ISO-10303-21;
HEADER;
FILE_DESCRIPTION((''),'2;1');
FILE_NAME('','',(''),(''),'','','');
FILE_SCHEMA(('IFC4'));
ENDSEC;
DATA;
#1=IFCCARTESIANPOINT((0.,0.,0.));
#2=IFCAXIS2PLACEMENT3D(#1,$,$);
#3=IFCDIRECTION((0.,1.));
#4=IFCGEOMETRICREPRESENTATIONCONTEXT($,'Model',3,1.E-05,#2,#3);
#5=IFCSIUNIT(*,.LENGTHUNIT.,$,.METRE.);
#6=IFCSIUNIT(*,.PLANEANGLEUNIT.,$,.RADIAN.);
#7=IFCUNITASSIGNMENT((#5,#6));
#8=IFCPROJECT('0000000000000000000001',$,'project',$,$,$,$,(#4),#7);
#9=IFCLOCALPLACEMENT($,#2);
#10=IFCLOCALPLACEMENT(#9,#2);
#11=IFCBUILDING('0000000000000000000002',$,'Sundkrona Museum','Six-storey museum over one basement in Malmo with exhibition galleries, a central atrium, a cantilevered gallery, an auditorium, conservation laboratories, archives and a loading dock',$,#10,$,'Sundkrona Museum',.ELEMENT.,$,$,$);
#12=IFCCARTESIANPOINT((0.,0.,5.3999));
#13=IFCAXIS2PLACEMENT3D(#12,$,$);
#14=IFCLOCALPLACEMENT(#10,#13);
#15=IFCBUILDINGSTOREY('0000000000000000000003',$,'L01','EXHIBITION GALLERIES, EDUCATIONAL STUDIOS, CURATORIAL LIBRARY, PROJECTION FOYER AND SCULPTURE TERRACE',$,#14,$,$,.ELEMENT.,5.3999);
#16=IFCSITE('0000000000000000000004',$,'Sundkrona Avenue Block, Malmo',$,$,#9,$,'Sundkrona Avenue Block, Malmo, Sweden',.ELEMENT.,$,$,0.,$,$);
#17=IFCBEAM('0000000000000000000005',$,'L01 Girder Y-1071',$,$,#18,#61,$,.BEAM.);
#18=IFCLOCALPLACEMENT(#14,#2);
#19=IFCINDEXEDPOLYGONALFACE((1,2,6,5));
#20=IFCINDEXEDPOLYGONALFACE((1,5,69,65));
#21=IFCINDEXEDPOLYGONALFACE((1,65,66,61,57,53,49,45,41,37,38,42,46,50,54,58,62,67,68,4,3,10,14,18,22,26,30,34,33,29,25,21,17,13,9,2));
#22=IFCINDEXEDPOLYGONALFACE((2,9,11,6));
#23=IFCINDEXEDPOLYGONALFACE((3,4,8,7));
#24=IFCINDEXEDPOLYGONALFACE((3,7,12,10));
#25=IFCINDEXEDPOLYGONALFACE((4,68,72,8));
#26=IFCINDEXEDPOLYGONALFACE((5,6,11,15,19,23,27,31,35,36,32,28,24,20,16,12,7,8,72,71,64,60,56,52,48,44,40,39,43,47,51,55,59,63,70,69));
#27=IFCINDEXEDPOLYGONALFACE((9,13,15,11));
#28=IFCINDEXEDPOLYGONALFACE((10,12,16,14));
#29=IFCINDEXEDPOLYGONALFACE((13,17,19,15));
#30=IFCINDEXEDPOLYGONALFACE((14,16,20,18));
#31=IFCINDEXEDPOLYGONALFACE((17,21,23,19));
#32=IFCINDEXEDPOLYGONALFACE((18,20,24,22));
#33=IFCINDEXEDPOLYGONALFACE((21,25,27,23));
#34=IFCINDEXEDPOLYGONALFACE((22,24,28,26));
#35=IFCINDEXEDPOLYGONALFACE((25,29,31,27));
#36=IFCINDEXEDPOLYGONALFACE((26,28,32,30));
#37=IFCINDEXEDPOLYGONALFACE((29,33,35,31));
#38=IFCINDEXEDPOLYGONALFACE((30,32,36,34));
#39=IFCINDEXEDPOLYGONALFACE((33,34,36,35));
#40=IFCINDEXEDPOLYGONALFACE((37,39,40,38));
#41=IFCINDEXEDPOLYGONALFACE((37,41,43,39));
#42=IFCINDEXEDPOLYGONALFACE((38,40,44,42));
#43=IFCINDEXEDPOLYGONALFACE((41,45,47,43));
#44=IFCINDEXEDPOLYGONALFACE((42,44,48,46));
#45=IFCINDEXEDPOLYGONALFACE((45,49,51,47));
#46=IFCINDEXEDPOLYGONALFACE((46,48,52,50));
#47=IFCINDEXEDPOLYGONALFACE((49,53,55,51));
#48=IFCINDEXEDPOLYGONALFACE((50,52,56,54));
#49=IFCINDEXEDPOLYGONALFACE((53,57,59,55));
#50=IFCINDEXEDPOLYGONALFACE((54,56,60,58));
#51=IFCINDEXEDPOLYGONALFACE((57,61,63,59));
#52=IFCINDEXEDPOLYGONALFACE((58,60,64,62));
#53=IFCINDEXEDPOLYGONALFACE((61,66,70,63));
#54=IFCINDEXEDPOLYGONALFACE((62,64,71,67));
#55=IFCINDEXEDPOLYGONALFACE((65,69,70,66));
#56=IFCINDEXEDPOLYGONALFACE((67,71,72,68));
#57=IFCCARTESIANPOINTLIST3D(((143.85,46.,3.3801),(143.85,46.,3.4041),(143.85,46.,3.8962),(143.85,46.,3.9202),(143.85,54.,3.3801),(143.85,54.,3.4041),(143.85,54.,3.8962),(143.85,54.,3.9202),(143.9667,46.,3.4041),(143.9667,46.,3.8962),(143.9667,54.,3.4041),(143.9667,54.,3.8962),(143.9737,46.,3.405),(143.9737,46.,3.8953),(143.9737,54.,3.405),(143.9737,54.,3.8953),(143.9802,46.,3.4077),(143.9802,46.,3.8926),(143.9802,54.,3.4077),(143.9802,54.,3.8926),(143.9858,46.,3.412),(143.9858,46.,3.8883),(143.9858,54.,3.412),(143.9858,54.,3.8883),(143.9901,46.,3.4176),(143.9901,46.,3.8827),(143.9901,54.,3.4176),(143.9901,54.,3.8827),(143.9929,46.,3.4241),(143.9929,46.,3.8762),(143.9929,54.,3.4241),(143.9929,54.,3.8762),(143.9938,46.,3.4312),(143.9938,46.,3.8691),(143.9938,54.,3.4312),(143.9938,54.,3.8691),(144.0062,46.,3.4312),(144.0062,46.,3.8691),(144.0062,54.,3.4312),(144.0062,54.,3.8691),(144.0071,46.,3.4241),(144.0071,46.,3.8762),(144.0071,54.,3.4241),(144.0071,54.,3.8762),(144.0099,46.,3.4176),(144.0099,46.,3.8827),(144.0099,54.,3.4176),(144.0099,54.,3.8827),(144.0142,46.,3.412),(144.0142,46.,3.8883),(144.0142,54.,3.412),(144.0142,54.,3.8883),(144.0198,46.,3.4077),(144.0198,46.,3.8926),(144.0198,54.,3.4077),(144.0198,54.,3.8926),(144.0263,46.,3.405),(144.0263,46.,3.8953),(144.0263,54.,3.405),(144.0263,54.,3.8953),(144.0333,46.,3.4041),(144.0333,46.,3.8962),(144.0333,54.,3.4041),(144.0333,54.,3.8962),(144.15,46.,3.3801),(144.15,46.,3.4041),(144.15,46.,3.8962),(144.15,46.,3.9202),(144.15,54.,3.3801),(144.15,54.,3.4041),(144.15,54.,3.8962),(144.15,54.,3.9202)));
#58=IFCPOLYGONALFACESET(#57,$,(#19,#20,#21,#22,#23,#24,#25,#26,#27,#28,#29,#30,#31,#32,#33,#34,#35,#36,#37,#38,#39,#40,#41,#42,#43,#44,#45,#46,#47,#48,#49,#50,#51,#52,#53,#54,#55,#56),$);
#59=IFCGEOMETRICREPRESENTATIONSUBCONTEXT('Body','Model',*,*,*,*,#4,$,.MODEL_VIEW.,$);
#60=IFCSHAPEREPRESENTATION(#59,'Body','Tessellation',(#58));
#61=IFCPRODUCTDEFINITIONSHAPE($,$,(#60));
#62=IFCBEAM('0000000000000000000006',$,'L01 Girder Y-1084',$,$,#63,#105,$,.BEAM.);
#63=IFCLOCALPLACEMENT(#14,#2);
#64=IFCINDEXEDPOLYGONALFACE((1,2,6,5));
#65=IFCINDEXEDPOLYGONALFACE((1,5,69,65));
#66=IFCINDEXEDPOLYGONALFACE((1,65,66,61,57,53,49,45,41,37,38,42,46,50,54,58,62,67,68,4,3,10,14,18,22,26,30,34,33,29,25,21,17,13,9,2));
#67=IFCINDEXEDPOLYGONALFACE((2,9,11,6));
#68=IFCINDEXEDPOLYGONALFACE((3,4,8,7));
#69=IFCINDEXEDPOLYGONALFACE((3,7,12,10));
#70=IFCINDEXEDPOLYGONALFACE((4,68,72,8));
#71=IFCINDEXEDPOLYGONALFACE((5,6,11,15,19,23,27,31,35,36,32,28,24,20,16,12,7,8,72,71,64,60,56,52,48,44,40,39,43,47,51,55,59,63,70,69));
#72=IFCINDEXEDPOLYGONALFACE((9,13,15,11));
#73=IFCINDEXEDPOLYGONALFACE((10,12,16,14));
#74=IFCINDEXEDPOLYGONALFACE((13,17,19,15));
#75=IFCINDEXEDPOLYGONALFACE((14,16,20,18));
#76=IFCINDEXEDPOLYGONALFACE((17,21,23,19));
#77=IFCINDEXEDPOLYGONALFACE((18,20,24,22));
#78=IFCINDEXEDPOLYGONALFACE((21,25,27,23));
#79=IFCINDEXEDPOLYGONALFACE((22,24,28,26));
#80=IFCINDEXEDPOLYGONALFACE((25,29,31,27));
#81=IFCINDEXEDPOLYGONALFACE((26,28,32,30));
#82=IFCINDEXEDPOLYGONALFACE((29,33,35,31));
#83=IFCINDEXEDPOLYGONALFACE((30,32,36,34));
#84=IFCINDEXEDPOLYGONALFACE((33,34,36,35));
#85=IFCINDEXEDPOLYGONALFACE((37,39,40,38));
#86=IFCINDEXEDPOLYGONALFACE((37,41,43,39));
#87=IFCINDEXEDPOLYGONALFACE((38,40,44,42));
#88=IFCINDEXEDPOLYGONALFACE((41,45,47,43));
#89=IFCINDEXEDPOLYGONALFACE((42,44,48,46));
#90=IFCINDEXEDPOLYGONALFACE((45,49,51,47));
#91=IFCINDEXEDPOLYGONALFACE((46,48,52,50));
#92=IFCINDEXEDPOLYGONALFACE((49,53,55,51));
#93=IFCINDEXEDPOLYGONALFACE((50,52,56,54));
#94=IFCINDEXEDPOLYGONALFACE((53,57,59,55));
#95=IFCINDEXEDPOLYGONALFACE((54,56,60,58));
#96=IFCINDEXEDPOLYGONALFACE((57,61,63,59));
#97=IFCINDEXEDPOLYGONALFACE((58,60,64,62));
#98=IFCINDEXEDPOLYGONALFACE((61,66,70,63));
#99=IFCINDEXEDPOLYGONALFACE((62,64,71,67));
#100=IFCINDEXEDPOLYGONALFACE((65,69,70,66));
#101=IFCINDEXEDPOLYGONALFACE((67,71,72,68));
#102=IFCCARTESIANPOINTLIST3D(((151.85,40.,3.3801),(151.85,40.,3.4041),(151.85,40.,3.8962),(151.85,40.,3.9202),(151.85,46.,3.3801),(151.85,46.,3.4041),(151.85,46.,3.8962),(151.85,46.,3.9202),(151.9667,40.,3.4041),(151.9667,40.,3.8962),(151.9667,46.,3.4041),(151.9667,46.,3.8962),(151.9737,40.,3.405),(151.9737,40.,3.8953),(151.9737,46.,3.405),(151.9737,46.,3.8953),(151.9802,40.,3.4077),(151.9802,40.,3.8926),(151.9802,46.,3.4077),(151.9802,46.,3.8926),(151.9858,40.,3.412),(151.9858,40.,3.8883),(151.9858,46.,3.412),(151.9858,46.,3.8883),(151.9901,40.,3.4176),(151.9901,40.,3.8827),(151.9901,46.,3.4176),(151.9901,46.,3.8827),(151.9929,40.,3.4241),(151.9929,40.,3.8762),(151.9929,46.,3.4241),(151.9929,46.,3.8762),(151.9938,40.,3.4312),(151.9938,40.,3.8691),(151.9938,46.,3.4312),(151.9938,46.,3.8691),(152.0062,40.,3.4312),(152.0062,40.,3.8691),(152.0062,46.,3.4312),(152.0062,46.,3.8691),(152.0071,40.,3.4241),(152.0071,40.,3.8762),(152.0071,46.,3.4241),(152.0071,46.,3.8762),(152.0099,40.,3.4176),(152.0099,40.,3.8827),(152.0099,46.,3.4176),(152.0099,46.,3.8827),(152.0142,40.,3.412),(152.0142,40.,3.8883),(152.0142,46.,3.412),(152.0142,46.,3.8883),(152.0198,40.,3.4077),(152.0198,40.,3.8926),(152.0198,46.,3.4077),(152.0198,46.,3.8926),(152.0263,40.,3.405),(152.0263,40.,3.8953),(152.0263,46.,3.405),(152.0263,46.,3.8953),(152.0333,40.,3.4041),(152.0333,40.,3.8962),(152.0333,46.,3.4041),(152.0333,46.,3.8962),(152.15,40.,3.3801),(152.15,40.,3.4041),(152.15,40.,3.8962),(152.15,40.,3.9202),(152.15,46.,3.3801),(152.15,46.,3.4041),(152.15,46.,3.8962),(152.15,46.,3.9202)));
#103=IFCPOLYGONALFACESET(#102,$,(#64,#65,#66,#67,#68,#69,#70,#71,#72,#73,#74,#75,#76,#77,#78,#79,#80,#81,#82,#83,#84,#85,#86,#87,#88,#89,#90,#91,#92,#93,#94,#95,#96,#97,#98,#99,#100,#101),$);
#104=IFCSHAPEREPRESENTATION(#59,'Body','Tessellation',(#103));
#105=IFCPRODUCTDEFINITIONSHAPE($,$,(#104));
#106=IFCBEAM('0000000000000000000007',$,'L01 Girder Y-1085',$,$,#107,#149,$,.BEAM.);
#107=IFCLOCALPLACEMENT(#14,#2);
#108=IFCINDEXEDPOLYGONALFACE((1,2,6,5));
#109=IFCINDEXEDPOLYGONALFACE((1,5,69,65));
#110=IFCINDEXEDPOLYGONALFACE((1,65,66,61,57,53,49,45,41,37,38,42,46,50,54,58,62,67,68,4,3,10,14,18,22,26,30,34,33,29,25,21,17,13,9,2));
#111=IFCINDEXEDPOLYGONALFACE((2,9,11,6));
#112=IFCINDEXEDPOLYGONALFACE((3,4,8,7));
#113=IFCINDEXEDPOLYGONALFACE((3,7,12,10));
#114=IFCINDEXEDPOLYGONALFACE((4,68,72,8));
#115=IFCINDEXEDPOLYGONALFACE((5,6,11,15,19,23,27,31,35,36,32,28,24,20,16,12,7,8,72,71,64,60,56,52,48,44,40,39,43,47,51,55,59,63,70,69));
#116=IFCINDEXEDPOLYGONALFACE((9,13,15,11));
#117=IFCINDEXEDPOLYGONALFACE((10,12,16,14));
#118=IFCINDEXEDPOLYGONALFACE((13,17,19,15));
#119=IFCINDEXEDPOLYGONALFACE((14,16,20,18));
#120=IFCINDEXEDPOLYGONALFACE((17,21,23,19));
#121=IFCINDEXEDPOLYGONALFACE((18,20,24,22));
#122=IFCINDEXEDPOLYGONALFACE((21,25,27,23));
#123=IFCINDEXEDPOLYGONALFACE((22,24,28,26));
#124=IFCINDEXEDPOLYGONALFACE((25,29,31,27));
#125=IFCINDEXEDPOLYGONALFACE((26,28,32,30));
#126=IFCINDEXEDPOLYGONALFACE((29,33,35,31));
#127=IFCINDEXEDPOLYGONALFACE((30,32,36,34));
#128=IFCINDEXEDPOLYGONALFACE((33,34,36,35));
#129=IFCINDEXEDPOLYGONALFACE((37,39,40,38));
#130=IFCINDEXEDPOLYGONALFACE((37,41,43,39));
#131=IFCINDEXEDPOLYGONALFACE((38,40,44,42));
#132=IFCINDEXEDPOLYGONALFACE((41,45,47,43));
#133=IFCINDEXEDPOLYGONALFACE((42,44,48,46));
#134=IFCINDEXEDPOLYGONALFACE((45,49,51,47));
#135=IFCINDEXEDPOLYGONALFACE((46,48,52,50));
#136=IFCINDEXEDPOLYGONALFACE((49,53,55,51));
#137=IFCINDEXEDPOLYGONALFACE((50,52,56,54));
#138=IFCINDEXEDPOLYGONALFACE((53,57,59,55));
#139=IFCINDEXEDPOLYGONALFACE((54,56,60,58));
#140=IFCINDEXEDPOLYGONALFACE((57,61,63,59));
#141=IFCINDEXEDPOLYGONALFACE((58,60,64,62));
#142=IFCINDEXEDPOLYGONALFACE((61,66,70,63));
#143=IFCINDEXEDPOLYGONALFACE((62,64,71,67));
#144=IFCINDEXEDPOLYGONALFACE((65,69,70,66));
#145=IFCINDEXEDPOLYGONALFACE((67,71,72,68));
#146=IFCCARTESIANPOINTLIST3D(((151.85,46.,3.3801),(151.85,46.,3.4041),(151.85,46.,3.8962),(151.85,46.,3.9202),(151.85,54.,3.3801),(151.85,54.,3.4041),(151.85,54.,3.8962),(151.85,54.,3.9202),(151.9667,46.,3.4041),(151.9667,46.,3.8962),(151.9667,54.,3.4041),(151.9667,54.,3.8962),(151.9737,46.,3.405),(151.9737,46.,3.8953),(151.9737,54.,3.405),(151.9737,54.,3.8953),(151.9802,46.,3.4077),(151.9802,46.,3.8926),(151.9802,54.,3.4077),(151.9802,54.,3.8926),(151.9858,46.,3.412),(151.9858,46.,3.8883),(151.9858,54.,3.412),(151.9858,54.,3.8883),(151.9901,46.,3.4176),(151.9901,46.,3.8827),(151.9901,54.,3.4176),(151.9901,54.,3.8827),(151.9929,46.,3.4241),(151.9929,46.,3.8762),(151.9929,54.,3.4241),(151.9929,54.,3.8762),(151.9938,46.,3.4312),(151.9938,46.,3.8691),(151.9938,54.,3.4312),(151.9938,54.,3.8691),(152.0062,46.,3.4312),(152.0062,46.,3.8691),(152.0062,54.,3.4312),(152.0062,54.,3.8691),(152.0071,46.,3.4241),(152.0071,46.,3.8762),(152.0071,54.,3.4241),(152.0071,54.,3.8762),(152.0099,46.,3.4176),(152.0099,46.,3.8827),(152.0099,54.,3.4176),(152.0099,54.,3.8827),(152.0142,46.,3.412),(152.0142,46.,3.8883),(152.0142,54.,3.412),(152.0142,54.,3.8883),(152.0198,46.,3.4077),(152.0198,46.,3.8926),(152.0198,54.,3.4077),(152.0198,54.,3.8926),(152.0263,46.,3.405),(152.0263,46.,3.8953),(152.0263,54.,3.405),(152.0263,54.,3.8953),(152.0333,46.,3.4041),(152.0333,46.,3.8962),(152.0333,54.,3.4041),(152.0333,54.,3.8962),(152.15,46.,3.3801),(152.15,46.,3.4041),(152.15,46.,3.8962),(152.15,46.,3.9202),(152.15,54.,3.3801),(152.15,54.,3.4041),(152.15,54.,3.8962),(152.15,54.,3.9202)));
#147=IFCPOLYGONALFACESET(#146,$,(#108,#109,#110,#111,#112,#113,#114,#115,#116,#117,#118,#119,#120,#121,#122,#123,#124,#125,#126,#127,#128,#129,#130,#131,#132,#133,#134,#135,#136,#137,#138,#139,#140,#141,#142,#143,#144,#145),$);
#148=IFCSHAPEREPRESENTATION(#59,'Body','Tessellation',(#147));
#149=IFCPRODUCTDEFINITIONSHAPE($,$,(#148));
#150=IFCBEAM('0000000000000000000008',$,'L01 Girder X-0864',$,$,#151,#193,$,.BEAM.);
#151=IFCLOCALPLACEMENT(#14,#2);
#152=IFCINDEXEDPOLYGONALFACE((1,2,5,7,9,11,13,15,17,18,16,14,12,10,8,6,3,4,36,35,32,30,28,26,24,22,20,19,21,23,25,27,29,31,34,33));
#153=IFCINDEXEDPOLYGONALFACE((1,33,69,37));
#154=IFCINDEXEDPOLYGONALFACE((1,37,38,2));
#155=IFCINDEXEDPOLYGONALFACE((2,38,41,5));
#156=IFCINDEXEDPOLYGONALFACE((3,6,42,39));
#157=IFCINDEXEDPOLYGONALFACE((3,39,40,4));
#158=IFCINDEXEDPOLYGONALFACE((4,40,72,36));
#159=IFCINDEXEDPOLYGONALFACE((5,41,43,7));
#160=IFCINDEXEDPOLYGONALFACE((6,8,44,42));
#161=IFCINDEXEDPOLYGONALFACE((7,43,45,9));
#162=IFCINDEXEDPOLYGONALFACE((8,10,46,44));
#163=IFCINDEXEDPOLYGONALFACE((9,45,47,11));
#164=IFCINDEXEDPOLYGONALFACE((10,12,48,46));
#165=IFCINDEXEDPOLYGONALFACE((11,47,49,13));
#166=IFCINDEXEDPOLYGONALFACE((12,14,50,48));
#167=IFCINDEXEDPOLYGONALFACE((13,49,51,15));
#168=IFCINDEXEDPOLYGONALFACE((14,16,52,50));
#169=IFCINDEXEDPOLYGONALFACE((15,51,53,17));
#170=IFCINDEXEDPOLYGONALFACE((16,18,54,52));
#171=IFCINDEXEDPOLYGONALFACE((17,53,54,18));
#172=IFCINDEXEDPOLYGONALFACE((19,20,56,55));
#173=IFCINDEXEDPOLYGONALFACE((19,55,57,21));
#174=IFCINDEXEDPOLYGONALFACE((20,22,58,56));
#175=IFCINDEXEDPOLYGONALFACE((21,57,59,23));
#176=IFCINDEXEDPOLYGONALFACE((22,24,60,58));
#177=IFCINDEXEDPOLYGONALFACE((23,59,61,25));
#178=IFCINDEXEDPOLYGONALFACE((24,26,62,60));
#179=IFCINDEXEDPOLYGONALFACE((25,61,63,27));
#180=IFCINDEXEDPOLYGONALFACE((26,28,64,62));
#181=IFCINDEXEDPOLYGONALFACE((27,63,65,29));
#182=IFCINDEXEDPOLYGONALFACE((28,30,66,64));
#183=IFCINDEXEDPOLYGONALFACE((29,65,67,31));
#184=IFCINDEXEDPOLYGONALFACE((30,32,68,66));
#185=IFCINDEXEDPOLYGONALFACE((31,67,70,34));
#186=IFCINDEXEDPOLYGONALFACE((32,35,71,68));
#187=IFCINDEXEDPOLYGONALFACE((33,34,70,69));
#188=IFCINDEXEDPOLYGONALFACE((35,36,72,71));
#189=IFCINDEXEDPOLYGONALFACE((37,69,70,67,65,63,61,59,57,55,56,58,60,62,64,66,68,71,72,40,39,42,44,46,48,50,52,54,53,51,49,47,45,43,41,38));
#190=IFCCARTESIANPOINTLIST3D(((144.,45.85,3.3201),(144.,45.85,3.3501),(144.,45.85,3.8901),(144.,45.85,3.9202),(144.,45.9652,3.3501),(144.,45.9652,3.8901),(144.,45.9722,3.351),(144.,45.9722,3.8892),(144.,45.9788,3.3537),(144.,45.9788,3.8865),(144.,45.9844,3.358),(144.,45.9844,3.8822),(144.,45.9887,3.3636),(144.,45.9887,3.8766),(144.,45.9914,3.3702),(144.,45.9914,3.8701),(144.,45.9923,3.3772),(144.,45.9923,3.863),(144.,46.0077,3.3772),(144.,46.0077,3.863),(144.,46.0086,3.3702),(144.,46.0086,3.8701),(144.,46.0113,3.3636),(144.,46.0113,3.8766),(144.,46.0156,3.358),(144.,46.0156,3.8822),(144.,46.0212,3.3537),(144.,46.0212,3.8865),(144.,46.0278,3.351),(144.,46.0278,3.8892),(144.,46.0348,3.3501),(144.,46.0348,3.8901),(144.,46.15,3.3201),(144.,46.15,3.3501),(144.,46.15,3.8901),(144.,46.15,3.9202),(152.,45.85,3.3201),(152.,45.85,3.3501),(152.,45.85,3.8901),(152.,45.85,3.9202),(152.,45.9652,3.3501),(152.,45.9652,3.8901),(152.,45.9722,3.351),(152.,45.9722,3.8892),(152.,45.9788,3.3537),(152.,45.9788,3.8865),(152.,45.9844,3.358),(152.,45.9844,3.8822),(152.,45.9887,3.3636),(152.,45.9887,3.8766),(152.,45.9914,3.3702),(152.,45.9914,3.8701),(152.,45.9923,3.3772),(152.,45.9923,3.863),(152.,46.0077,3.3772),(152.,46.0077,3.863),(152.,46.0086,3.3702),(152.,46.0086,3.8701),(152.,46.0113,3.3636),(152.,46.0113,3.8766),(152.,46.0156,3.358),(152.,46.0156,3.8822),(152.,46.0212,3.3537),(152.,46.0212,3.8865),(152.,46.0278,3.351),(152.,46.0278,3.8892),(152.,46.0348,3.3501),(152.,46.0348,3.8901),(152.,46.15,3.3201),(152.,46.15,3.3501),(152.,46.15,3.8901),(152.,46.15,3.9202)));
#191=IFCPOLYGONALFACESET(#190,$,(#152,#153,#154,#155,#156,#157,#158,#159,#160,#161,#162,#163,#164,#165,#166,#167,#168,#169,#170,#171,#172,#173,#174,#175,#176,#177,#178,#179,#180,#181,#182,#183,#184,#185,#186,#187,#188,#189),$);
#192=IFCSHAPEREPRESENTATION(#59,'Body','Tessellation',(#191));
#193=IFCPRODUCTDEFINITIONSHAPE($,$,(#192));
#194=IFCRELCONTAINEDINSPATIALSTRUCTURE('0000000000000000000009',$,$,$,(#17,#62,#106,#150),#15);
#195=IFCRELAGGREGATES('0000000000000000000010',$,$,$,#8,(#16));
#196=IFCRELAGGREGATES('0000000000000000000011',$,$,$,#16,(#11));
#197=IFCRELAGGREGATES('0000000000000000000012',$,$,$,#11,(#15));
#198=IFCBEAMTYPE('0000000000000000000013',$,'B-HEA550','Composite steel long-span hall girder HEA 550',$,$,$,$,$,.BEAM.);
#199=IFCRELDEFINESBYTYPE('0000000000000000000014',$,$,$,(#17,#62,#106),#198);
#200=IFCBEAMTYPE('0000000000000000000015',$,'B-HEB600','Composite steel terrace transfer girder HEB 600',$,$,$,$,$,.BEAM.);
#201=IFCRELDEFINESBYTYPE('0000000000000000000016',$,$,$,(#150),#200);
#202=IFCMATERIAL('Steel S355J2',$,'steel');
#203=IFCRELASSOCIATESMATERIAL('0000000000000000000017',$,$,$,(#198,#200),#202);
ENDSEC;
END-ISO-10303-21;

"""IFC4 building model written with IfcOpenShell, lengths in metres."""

from ifc_helpers import new_model, si_unit, direction, frame, origin, origin_2d, place, context, subcontext, project, spatial, i_section, extrude, material, material_profile, profile_set, type_object, element, save


model = new_model("IFC4")

# Units and contexts
model_context = context("Model", 3, precision=1e-05, world=origin(), true_north=direction((0.0, 1.0)))
body_context = subcontext(model_context, "Body", "Model", "MODEL_VIEW")
ifc_project = project(units=[si_unit("LENGTHUNIT", "METRE"), si_unit("PLANEANGLEUNIT", "RADIAN")], contexts=[model_context])

# Site, building, storey
site_placement = place(None, origin())
site = spatial("IfcSite", under=ifc_project, at=site_placement, Name="Sundkrona Avenue Block, Malmo", LongName="Sundkrona Avenue Block, Malmo, Sweden", CompositionType="ELEMENT", RefElevation=0.0)
building_placement = place(site_placement, origin())
building = spatial("IfcBuilding", under=site, at=building_placement, Name="Sundkrona Museum", Description="Six-storey museum over one basement in Malmo with exhibition galleries, a central atrium, a cantilevered gallery, an auditorium, conservation laboratories, archives and a loading dock", LongName="Sundkrona Museum", CompositionType="ELEMENT")
storey_placement = place(building_placement, frame((0.0, 0.0, 5.3999)))
storey = spatial("IfcBuildingStorey", under=building, at=storey_placement, Name="L01", Description="EXHIBITION GALLERIES, EDUCATIONAL STUDIOS, CURATORIAL LIBRARY, PROJECTION FOYER AND SCULPTURE TERRACE", CompositionType="ELEMENT", Elevation=5.3999)

# Shared definitions
ifc_material_1 = material(Name="Steel S355J2", Category="steel")

# Beams
ifc_material_profile_1 = material_profile(ifc_material_1, i_section(OverallWidth=0.3, OverallDepth=0.54, WebThickness=0.0125, FlangeThickness=0.0239, FilletRadius=0.0271, at=origin_2d()), Name="HEA 550")
ifc_profile_set_1 = profile_set([ifc_material_profile_1], Name="Steel S355J2")
beam_type_1 = type_object("IfcBeamType", Name="B-HEA550", Description="Composite steel long-span hall girder HEA 550", PredefinedType="BEAM", material=ifc_profile_set_1)
beam_1_placement = place(storey_placement, frame((144.0, 46.0, 3.6501), z_axis=(0.0, 1.0, 0.0), x_axis=(-1.0, 0.0, 0.0)))
element("IfcBeam", 1, at=beam_1_placement, inside=storey, type_object=beam_type_1, Name="L01 Girder Y-1071", PredefinedType="BEAM", context=body_context, shape_type="SweptSolid", body=[
    extrude(i_section(OverallWidth=0.3, OverallDepth=0.54, WebThickness=0.0125, FlangeThickness=0.0239, FilletRadius=0.0271, at=origin_2d()), origin(), (0.0, 0.0, 1.0), 8.0),
])
beam_2_placement = place(storey_placement, frame((152.0, 40.0, 3.6501), z_axis=(0.0, 1.0, 0.0), x_axis=(-1.0, 0.0, 0.0)))
element("IfcBeam", 2, at=beam_2_placement, inside=storey, type_object=beam_type_1, Name="L01 Girder Y-1084", PredefinedType="BEAM", context=body_context, shape_type="SweptSolid", body=[
    extrude(i_section(OverallWidth=0.3, OverallDepth=0.54, WebThickness=0.0125, FlangeThickness=0.0239, FilletRadius=0.0271, at=origin_2d()), origin(), (0.0, 0.0, 1.0), 6.0),
])
beam_3_placement = place(storey_placement, frame((152.0, 46.0, 3.6501), z_axis=(0.0, 1.0, 0.0), x_axis=(-1.0, 0.0, 0.0)))
element("IfcBeam", 3, at=beam_3_placement, inside=storey, type_object=beam_type_1, Name="L01 Girder Y-1085", PredefinedType="BEAM", context=body_context, shape_type="SweptSolid", body=[
    extrude(i_section(OverallWidth=0.3, OverallDepth=0.54, WebThickness=0.0125, FlangeThickness=0.0239, FilletRadius=0.0271, at=origin_2d()), origin(), (0.0, 0.0, 1.0), 8.0),
])
ifc_material_profile_2 = material_profile(ifc_material_1, i_section(OverallWidth=0.3, OverallDepth=0.6001, WebThickness=0.0154, FlangeThickness=0.03, FilletRadius=0.0271, at=origin_2d()), Name="HEB 600")
ifc_profile_set_2 = profile_set([ifc_material_profile_2], Name="Steel S355J2")
beam_type_2 = type_object("IfcBeamType", Name="B-HEB600", Description="Composite steel terrace transfer girder HEB 600", PredefinedType="BEAM", material=ifc_profile_set_2)
beam_4_placement = place(storey_placement, frame((144.0, 46.0, 3.6201), z_axis=(1.0, 0.0, 0.0), x_axis=(0.0, 1.0, 0.0)))
element("IfcBeam", 4, at=beam_4_placement, inside=storey, type_object=beam_type_2, Name="L01 Girder X-0864", PredefinedType="BEAM", context=body_context, shape_type="SweptSolid", body=[
    extrude(i_section(OverallWidth=0.3, OverallDepth=0.6001, WebThickness=0.0154, FlangeThickness=0.03, FilletRadius=0.0271, at=origin_2d()), origin(), (0.0, 0.0, 1.0), 8.0),
])

save(model, "model.ifc")
